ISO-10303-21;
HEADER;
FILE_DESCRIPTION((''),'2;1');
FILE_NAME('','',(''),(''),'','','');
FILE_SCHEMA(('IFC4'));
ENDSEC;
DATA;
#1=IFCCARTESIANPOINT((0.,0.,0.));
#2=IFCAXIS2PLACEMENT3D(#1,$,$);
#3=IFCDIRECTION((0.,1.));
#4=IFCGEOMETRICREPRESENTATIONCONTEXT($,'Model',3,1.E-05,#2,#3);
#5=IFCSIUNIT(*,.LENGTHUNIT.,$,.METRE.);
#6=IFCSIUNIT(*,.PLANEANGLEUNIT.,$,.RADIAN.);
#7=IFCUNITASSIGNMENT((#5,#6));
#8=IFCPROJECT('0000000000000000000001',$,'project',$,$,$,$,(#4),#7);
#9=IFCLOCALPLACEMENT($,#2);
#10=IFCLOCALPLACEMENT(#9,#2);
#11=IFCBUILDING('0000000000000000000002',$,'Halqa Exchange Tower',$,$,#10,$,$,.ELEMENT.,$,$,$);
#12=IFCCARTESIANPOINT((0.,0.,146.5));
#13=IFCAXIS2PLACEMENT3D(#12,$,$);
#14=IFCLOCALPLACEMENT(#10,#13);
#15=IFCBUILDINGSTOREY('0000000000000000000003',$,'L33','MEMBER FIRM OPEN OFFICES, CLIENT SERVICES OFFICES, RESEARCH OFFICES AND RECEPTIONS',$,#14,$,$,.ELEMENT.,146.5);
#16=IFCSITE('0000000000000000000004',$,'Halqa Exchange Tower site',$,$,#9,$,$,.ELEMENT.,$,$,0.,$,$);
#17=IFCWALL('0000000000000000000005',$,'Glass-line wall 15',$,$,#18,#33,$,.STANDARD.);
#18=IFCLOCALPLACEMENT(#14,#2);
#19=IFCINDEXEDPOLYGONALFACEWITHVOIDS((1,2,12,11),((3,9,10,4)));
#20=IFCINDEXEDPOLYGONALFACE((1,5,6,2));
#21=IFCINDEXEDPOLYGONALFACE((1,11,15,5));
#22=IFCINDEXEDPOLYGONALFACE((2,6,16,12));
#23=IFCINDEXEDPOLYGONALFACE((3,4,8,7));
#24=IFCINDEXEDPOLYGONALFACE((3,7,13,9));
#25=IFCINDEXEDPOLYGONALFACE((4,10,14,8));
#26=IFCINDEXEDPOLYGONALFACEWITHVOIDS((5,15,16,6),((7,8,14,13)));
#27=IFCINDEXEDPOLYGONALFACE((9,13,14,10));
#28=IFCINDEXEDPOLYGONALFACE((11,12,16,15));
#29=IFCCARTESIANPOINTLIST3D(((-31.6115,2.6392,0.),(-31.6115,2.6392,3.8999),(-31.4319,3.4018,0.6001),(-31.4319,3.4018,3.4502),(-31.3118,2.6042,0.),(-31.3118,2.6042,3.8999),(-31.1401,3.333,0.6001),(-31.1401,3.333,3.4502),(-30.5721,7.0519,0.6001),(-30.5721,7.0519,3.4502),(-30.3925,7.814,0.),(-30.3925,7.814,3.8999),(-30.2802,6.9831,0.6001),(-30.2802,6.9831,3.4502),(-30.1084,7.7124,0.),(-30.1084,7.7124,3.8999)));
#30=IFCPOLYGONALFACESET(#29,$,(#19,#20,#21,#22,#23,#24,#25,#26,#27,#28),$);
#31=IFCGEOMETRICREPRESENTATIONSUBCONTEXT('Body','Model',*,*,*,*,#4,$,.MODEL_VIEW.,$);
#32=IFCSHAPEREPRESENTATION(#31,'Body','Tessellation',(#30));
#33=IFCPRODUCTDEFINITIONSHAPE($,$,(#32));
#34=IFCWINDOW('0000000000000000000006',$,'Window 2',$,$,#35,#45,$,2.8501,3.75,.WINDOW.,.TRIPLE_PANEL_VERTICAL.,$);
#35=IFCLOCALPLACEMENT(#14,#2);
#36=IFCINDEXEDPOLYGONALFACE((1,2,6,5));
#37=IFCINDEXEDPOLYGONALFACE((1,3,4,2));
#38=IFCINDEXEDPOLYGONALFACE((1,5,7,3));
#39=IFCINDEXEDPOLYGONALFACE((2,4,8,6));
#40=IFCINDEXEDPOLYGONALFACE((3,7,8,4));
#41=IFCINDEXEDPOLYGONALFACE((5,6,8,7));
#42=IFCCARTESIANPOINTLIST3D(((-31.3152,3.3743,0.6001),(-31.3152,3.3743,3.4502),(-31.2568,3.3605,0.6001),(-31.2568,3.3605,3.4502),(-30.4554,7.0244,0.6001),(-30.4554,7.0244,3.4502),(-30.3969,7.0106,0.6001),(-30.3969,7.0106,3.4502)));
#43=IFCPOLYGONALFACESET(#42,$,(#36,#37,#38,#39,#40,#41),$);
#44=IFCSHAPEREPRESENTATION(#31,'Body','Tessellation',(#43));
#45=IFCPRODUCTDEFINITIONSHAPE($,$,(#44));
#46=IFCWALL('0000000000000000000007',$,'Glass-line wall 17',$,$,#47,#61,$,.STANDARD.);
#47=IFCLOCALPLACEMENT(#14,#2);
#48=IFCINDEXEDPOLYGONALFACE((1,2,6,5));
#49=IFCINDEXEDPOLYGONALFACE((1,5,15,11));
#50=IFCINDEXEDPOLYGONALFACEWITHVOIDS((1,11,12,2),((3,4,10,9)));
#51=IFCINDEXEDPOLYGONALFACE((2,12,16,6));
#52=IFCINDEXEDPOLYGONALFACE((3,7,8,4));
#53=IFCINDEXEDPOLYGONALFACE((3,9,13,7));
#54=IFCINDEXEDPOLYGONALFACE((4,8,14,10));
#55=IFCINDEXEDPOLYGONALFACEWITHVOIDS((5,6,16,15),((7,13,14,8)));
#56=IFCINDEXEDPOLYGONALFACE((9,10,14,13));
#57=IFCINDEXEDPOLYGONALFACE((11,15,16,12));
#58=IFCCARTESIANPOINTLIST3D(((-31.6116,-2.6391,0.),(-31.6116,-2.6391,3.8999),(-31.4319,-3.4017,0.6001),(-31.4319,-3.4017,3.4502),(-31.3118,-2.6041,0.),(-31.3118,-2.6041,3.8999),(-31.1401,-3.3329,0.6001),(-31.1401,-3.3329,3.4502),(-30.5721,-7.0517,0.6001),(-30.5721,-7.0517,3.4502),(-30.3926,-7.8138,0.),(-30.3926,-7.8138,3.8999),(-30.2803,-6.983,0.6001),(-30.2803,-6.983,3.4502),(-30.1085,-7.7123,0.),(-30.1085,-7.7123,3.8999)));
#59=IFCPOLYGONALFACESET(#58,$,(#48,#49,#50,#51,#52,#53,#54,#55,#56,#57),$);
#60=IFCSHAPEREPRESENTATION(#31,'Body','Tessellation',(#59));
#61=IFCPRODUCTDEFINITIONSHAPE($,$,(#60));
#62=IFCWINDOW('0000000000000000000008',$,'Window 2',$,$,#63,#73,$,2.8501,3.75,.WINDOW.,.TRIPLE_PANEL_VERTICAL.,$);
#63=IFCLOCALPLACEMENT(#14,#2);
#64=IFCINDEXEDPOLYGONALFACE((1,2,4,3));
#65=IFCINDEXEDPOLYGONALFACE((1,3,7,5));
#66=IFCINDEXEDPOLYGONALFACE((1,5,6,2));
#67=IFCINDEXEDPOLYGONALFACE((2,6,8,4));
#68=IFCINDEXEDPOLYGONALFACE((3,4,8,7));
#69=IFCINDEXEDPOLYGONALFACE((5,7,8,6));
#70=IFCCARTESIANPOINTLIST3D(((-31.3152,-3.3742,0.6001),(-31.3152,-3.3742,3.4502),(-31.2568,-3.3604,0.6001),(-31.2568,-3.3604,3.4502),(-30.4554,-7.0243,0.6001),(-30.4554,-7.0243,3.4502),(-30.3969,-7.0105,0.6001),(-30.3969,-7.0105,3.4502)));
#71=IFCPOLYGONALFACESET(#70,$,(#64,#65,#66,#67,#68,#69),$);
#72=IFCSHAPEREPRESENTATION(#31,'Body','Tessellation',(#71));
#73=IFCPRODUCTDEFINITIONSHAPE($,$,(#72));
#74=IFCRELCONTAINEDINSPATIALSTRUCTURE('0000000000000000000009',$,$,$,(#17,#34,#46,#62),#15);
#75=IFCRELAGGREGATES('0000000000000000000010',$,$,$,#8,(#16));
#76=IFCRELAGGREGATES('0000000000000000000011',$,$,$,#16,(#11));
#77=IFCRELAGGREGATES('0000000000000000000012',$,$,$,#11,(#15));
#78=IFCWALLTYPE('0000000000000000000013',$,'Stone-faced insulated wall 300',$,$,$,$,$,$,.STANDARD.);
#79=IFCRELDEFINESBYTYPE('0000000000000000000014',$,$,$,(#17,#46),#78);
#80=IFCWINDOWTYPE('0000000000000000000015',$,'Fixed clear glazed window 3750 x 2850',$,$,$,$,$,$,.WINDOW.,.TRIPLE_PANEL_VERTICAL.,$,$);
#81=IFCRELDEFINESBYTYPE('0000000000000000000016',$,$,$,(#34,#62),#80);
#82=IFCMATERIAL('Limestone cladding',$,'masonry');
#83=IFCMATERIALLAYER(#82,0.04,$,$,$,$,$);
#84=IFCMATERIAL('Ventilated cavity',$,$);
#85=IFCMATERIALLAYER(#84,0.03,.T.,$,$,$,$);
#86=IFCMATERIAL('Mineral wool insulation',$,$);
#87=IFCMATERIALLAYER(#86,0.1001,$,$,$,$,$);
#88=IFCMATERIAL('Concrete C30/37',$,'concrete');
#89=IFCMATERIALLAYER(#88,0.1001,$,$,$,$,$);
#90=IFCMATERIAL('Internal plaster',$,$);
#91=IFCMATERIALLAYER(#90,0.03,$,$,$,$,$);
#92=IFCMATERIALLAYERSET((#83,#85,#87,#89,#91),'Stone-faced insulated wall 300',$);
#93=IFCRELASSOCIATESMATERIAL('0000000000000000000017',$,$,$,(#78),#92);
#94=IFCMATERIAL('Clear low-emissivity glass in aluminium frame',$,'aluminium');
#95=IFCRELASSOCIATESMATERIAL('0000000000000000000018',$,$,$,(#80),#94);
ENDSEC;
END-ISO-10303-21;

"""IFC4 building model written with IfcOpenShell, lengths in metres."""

from ifc_helpers import new_model, si_unit, direction, frame, frame_2d, origin, place, context, subcontext, project, spatial, polyline, rectangle, outline, extrude, material, layer, layer_set, type_object, element, fill, save


model = new_model("IFC4")

# Units and contexts
model_context = context("Model", 3, precision=1e-05, world=origin(), true_north=direction((0.0, 1.0)))
body_context = subcontext(model_context, "Body", "Model", "MODEL_VIEW")
ifc_project = project(units=[si_unit("LENGTHUNIT", "METRE"), si_unit("PLANEANGLEUNIT", "RADIAN")], contexts=[model_context])

# Site, building, storey
site_placement = place(None, origin())
site = spatial("IfcSite", under=ifc_project, at=site_placement, Name="Halqa Exchange Tower site", CompositionType="ELEMENT", RefElevation=0.0)
building_placement = place(site_placement, origin())
building = spatial("IfcBuilding", under=site, at=building_placement, Name="Halqa Exchange Tower", CompositionType="ELEMENT")
storey_placement = place(building_placement, frame((0.0, 0.0, 146.5)))
storey = spatial("IfcBuildingStorey", under=building, at=storey_placement, Name="L33", Description="MEMBER FIRM OPEN OFFICES, CLIENT SERVICES OFFICES, RESEARCH OFFICES AND RECEPTIONS", CompositionType="ELEMENT", Elevation=146.5)

# Wall, opening, window
ifc_material_1 = material(Name="Limestone cladding", Category="masonry")
ifc_layer_1 = layer(ifc_material_1, 0.04)
ifc_material_2 = material(Name="Ventilated cavity")
ifc_layer_2 = layer(ifc_material_2, 0.03, ventilated=True)
ifc_material_3 = material(Name="Mineral wool insulation")
ifc_layer_3 = layer(ifc_material_3, 0.1001)
ifc_material_4 = material(Name="Concrete C30/37", Category="concrete")
ifc_layer_4 = layer(ifc_material_4, 0.1001)
ifc_material_5 = material(Name="Internal plaster")
ifc_layer_5 = layer(ifc_material_5, 0.03)
ifc_layer_set_1 = layer_set([ifc_layer_1, ifc_layer_2, ifc_layer_3, ifc_layer_4, ifc_layer_5], Name="Stone-faced insulated wall 300")
wall_type_1 = type_object("IfcWallType", Name="Stone-faced insulated wall 300", PredefinedType="STANDARD", material=ifc_layer_set_1)
ifc_material_6 = material(Name="Clear low-emissivity glass in aluminium frame", Category="aluminium")
window_type = type_object("IfcWindowType", Name="Fixed clear glazed window 3750 x 2850", PartitioningType="TRIPLE_PANEL_VERTICAL", PredefinedType="WINDOW", material=ifc_material_6)
wall_1_placement = place(storey_placement, frame((-30.2505, 7.7632, 0.0), z_axis=(0.0, 0.0, 1.0), x_axis=(-0.229289, -0.973358, 0.0)))
wall_1 = element("IfcWall", 1, at=wall_1_placement, inside=storey, type_object=wall_type_1, Name="Glass-line wall 15", PredefinedType="STANDARD", context=body_context, shape_type="SweptSolid", body=[
    extrude(outline(polyline([(-0.0168, -0.1499), (5.2996, -0.1499), (5.2649, 0.1499), (0.0168, 0.1499), (-0.0168, -0.1499)])), origin(), (0.0, 0.0, 1.0), 3.8999),
])
opening_1_placement = place(wall_1_placement, frame((0.7661, 0.0, 0.6001)))
opening_1 = element("IfcOpeningElement", 2, at=opening_1_placement, cuts=wall_1, PredefinedType="OPENING", context=body_context, shape_type="SweptSolid", body=[
    extrude(rectangle(XDim=3.75, YDim=2.8501, at=frame_2d((1.875, 1.425))), frame((0.0, 0.1621, 0.0), z_axis=(0.0, -1.0, 0.0), x_axis=(1.0, 0.0, 0.0)), (0.0, 0.0, 1.0), 0.324),
])
window_1_placement = place(opening_1_placement, origin())
window_1 = element("IfcWindow", 3, at=window_1_placement, inside=storey, type_object=window_type, Name="Window 2", OverallHeight=2.8501, OverallWidth=3.75, PartitioningType="TRIPLE_PANEL_VERTICAL", PredefinedType="WINDOW", context=body_context, shape_type="SweptSolid", body=[
    extrude(rectangle(XDim=3.75, YDim=2.8501, at=frame_2d((1.875, 1.425))), frame((0.0, 0.03, 0.0), z_axis=(0.0, -1.0, 0.0), x_axis=(1.0, 0.0, 0.0)), (0.0, 0.0, 1.0), 0.0601),
])
fill(opening_1, window_1)

# Wall, opening, window
wall_2_placement = place(storey_placement, frame((-31.4617, -2.6216, 0.0), z_axis=(0.0, 0.0, 1.0), x_axis=(0.229289, -0.973358, 0.0)))
wall_2 = element("IfcWall", 4, at=wall_2_placement, inside=storey, type_object=wall_type_1, Name="Glass-line wall 17", PredefinedType="STANDARD", context=body_context, shape_type="SweptSolid", body=[
    extrude(outline(polyline([(-0.0173, -0.1499), (5.2991, -0.1499), (5.2654, 0.1499), (0.0173, 0.1499), (-0.0173, -0.1499)])), origin(), (0.0, 0.0, 1.0), 3.8999),
])
opening_2_placement = place(wall_2_placement, frame((0.7661, 0.0, 0.6001)))
opening_2 = element("IfcOpeningElement", 5, at=opening_2_placement, cuts=wall_2, PredefinedType="OPENING", context=body_context, shape_type="SweptSolid", body=[
    extrude(rectangle(XDim=3.75, YDim=2.8501, at=frame_2d((1.875, 1.425))), frame((0.0, 0.1621, 0.0), z_axis=(0.0, -1.0, 0.0), x_axis=(1.0, 0.0, 0.0)), (0.0, 0.0, 1.0), 0.324),
])
window_2_placement = place(opening_2_placement, origin())
window_2 = element("IfcWindow", 6, at=window_2_placement, inside=storey, type_object=window_type, Name="Window 2", OverallHeight=2.8501, OverallWidth=3.75, PartitioningType="TRIPLE_PANEL_VERTICAL", PredefinedType="WINDOW", context=body_context, shape_type="SweptSolid", body=[
    extrude(rectangle(XDim=3.75, YDim=2.8501, at=frame_2d((1.875, 1.425))), frame((0.0, 0.03, 0.0), z_axis=(0.0, -1.0, 0.0), x_axis=(1.0, 0.0, 0.0)), (0.0, 0.0, 1.0), 0.0601),
])
fill(opening_2, window_2)

save(model, "model.ifc")
